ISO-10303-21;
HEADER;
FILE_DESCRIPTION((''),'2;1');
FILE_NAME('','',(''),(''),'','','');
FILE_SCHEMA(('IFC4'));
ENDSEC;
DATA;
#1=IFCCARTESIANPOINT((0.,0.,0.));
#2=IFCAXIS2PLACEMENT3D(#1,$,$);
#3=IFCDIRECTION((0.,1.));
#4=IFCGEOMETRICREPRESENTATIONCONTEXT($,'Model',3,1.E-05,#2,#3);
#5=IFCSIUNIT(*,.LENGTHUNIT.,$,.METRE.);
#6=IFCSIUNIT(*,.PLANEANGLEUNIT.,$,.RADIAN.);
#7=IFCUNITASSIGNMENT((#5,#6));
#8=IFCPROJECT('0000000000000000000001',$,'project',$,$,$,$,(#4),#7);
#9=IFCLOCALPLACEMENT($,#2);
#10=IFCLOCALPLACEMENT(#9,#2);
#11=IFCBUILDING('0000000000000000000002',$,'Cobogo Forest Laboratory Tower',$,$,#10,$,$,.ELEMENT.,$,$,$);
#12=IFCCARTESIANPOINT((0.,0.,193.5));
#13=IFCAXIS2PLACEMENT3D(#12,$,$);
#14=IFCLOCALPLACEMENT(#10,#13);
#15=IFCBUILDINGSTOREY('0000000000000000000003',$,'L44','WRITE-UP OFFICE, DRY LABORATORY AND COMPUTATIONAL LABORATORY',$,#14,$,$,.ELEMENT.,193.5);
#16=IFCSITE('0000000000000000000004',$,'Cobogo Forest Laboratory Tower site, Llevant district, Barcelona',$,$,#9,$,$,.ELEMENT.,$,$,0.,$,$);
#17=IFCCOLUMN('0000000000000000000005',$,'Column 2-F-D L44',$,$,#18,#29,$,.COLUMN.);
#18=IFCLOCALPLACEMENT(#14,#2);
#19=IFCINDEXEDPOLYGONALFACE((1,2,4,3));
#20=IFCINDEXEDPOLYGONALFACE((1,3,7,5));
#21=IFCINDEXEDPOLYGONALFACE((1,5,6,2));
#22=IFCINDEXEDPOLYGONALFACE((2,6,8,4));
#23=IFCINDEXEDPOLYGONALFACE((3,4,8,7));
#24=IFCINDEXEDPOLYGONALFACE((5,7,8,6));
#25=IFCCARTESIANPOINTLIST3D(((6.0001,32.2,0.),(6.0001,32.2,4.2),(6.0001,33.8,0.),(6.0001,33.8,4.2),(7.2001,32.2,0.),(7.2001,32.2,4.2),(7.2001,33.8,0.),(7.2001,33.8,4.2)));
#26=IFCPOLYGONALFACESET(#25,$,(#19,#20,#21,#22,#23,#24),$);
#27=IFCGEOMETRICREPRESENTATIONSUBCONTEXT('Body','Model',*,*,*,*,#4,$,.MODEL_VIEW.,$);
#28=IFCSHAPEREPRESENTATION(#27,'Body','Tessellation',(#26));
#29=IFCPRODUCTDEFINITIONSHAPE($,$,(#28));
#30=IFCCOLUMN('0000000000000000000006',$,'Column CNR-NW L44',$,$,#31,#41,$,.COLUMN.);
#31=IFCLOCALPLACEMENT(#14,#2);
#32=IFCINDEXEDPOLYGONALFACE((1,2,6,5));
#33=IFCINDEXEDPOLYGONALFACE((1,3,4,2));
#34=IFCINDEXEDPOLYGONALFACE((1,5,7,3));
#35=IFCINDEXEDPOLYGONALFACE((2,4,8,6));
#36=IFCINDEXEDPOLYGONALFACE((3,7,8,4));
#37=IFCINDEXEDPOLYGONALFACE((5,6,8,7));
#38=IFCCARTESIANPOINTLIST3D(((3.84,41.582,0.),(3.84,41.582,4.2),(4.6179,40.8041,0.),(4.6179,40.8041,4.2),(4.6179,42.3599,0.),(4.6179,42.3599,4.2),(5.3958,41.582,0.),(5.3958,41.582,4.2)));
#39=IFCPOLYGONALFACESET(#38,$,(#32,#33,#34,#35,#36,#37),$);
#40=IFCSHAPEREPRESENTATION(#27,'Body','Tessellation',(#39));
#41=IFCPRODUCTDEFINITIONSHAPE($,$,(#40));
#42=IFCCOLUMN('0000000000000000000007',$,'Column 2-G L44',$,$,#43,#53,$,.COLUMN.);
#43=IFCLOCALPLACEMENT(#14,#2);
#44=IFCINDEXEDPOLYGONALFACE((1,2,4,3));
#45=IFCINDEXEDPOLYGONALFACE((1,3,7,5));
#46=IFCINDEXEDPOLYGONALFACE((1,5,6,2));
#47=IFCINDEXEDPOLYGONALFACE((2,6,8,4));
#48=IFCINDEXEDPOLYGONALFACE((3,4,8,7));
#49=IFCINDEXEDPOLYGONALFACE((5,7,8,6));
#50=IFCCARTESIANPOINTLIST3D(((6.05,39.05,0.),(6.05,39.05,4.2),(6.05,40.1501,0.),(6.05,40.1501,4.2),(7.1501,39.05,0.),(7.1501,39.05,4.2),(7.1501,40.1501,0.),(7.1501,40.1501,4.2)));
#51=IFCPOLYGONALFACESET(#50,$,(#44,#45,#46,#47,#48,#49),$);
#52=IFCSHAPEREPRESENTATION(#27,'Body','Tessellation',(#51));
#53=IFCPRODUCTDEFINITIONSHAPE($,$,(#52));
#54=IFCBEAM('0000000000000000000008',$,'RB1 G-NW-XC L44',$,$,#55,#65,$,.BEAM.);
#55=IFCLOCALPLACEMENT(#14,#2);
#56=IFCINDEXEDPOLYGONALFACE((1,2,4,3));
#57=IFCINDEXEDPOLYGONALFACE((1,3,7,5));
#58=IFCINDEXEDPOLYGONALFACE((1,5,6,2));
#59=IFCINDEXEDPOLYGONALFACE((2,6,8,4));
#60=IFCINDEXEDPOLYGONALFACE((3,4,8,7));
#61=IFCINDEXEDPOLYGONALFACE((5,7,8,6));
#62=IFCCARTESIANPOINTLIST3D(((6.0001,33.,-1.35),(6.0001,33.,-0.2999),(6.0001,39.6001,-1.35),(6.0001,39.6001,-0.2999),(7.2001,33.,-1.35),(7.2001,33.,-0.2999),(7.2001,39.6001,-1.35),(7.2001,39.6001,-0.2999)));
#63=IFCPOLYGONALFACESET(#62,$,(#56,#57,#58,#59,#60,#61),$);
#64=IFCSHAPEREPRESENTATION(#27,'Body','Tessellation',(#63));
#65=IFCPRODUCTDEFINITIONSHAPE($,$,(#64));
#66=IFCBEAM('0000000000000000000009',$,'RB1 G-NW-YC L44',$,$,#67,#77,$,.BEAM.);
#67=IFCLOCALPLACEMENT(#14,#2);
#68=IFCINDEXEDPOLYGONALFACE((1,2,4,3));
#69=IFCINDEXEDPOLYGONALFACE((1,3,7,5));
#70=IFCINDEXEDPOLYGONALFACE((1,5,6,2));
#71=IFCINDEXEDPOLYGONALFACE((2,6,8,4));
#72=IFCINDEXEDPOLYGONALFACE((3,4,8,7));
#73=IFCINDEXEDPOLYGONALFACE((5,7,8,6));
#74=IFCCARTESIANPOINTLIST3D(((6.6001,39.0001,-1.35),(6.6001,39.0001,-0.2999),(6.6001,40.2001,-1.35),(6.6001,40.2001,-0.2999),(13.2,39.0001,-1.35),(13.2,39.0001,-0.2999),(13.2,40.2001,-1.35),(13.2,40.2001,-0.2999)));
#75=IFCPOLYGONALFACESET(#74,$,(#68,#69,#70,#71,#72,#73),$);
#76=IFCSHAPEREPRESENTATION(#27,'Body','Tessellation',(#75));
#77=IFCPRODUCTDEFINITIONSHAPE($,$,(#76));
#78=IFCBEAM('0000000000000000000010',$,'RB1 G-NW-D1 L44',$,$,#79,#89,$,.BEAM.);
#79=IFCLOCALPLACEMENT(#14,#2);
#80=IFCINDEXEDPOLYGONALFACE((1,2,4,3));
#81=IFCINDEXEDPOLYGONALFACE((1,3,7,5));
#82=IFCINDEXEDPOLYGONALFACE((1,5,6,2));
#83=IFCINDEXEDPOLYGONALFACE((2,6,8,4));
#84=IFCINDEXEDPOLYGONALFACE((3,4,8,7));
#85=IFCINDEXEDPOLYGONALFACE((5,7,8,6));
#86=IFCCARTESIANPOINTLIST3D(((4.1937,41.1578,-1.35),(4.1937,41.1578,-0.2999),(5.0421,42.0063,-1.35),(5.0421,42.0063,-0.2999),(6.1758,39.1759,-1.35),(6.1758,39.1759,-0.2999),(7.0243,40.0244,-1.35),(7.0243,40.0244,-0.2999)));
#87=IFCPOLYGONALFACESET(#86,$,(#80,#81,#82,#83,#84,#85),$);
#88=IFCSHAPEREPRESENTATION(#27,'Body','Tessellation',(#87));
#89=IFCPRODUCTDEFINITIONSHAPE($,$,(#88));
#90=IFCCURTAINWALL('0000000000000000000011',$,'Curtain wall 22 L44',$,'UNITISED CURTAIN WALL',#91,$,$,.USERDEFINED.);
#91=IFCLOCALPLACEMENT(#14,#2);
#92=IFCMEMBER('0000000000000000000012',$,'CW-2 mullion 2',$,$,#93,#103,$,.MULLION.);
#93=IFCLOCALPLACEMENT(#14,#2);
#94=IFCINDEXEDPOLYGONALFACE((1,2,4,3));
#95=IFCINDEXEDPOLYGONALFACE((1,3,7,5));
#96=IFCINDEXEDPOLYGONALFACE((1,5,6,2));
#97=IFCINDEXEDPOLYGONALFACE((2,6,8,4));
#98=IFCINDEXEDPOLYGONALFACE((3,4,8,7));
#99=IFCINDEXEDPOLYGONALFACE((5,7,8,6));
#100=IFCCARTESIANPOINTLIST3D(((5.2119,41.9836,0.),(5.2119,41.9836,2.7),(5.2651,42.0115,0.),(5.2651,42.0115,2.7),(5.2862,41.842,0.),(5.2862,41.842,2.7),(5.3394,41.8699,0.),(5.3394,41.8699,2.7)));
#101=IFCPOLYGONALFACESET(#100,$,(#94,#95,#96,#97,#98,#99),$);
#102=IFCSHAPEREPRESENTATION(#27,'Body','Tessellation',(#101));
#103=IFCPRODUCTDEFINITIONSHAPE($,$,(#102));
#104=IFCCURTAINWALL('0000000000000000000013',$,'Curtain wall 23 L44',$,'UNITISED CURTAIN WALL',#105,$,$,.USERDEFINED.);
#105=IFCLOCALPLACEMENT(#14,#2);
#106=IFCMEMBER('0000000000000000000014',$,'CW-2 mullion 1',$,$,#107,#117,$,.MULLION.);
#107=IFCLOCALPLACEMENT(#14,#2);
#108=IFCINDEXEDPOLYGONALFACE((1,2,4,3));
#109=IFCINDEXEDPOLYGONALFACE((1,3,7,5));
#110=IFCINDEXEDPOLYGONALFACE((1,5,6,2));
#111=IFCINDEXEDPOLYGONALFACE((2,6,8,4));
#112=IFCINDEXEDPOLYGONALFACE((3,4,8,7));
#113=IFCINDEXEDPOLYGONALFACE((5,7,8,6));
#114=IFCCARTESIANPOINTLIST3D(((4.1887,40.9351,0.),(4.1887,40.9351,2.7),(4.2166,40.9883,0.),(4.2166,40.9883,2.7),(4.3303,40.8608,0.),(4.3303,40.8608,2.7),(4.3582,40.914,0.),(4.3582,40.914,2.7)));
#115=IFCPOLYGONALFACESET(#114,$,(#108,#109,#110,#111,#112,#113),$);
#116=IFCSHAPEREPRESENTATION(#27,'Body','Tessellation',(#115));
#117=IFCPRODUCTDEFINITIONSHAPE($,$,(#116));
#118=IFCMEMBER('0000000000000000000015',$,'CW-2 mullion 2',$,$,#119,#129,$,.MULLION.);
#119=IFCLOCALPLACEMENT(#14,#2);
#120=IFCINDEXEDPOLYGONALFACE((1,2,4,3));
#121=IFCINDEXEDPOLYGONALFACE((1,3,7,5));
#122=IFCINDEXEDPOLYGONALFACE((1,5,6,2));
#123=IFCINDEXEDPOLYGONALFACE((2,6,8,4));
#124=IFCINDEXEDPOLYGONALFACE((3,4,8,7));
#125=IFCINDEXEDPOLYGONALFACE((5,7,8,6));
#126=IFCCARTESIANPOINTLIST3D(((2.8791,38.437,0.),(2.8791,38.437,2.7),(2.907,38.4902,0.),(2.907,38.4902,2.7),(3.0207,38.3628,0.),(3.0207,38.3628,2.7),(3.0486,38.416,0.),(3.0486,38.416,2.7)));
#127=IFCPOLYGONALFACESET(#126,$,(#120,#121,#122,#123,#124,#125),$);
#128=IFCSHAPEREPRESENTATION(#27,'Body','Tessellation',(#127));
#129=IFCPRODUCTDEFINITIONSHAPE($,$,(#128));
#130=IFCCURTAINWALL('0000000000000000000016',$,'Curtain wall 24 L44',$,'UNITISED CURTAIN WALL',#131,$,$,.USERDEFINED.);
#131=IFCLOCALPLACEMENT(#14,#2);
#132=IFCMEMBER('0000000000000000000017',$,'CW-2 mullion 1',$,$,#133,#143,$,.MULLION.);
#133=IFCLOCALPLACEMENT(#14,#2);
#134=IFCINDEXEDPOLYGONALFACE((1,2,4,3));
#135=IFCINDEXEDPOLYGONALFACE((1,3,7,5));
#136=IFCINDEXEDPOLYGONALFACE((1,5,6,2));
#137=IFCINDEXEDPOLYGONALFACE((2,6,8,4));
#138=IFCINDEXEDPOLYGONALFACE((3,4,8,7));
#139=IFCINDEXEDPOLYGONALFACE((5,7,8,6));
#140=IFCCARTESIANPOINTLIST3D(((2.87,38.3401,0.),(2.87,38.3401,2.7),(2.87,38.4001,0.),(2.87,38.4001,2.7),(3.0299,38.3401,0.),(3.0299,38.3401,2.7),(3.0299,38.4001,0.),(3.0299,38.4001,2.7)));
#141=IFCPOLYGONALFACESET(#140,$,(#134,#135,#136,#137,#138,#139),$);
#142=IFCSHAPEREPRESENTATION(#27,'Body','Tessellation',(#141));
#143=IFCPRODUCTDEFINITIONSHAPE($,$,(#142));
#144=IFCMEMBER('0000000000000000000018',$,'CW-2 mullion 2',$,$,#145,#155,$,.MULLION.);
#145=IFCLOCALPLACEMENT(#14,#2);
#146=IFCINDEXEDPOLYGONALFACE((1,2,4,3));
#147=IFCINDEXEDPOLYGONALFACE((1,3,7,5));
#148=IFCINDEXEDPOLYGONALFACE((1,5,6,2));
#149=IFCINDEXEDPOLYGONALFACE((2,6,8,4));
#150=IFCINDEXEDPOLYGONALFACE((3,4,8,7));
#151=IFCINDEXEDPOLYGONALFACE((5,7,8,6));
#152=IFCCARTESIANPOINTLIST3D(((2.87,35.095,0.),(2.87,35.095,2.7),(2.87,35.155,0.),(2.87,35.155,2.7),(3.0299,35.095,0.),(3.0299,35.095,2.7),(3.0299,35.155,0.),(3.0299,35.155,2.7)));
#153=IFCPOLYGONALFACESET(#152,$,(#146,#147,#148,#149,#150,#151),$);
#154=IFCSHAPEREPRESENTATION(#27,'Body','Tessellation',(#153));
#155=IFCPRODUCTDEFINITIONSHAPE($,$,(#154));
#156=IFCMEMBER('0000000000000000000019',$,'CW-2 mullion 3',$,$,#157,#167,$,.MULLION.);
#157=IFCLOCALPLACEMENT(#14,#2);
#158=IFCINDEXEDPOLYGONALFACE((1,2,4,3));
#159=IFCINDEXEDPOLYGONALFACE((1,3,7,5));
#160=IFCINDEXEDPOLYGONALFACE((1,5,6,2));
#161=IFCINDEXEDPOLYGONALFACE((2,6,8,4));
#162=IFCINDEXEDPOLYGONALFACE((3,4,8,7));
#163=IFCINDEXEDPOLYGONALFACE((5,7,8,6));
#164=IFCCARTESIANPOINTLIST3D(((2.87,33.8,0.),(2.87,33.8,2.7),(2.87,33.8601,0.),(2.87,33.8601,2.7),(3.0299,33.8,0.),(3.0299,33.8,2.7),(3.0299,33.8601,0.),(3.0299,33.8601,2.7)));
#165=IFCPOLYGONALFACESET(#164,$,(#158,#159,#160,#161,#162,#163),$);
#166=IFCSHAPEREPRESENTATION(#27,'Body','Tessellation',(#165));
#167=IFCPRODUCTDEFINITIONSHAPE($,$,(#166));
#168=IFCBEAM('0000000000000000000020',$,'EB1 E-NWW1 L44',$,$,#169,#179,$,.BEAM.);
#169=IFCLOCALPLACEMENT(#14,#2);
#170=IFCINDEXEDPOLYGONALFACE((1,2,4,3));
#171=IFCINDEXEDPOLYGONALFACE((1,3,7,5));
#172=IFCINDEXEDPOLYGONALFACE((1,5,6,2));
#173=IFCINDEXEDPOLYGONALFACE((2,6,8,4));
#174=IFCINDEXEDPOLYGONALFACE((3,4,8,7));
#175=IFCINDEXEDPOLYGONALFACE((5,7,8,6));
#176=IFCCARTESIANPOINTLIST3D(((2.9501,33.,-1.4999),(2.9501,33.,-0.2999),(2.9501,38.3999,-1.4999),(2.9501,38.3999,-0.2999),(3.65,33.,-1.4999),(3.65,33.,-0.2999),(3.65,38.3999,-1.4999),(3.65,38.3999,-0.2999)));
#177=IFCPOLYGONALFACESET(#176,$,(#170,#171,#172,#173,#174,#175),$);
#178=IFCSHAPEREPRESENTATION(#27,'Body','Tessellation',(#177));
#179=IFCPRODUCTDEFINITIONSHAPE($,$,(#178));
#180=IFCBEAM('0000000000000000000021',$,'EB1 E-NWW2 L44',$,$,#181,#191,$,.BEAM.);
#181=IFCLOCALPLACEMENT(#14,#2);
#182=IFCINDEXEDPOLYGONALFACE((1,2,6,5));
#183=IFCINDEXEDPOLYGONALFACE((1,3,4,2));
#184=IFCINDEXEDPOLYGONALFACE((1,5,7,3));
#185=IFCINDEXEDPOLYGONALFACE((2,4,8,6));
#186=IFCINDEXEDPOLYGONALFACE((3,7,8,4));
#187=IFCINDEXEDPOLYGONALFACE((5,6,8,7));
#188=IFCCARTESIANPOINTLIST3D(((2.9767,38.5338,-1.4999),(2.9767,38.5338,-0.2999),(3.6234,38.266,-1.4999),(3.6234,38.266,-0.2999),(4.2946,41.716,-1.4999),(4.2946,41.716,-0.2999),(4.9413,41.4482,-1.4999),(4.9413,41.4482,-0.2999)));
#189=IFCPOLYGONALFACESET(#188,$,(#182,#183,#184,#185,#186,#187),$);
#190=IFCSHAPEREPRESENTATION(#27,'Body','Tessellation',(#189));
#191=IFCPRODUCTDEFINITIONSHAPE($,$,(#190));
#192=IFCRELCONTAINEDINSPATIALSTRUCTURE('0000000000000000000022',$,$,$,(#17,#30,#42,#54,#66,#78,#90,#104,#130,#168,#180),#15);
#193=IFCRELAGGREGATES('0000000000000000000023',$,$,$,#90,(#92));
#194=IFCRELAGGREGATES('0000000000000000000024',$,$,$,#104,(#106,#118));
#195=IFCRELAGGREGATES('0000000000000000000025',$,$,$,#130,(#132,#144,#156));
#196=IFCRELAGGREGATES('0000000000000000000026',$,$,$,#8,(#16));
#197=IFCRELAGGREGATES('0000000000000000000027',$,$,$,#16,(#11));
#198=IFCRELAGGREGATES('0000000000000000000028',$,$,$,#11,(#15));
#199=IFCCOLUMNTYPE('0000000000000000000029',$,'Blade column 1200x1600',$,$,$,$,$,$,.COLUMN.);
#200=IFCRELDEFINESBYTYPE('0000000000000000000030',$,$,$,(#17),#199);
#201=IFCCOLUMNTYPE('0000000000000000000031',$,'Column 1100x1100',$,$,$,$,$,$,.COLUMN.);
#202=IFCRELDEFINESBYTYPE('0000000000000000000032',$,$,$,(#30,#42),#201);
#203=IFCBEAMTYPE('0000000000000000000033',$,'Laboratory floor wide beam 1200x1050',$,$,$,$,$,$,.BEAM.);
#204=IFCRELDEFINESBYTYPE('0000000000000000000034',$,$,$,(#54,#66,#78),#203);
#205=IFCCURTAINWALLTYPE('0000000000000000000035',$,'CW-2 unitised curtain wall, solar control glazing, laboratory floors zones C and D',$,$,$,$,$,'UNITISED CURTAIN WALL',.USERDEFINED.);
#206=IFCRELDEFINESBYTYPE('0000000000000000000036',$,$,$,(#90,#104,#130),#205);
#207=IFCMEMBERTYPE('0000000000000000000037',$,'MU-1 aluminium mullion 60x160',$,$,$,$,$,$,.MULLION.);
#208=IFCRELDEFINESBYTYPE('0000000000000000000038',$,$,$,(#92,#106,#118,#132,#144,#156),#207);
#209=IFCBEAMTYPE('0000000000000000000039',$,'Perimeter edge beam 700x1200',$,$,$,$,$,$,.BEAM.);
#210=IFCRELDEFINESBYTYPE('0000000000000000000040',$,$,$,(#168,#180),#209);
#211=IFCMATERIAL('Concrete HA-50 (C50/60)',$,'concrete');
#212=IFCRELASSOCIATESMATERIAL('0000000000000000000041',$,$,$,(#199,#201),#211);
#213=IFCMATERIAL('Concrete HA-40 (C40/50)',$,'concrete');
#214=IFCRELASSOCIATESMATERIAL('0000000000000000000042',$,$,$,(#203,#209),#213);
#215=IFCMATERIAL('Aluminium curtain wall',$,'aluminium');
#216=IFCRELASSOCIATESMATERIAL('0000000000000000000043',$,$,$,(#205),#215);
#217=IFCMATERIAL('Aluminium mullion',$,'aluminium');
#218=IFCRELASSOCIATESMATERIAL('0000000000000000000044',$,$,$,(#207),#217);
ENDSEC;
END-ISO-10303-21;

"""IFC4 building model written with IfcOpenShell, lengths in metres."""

from ifc_helpers import new_model, si_unit, direction, frame, origin, origin_2d, place, context, subcontext, project, spatial, rectangle, extrude, material, material_profile, profile_set, type_object, element, aggregate, save


model = new_model("IFC4")

# Units and contexts
model_context = context("Model", 3, precision=1e-05, world=origin(), true_north=direction((0.0, 1.0)))
body_context = subcontext(model_context, "Body", "Model", "MODEL_VIEW")
ifc_project = project(units=[si_unit("LENGTHUNIT", "METRE"), si_unit("PLANEANGLEUNIT", "RADIAN")], contexts=[model_context])

# Site, building, storey
site_placement = place(None, origin())
site = spatial("IfcSite", under=ifc_project, at=site_placement, Name="Cobogo Forest Laboratory Tower site, Llevant district, Barcelona", CompositionType="ELEMENT", RefElevation=0.0)
building_placement = place(site_placement, origin())
building = spatial("IfcBuilding", under=site, at=building_placement, Name="Cobogo Forest Laboratory Tower", CompositionType="ELEMENT")
storey_placement = place(building_placement, frame((0.0, 0.0, 193.5)))
storey = spatial("IfcBuildingStorey", under=building, at=storey_placement, Name="L44", Description="WRITE-UP OFFICE, DRY LABORATORY AND COMPUTATIONAL LABORATORY", CompositionType="ELEMENT", Elevation=193.5)

# Columns
ifc_material_1 = material(Name="Concrete HA-50 (C50/60)", Category="concrete")
ifc_material_profile_1 = material_profile(ifc_material_1, rectangle(XDim=1.6001, YDim=1.2, at=origin_2d()), Name="RC 1200x1600")
ifc_profile_set_1 = profile_set([ifc_material_profile_1], Name="Concrete HA-50 (C50/60)")
column_type_1 = type_object("IfcColumnType", Name="Blade column 1200x1600", PredefinedType="COLUMN", material=ifc_profile_set_1)
column_placement = place(storey_placement, frame((6.6001, 33.0, 0.0), z_axis=(0.0, 0.0, 1.0), x_axis=(0.0, 1.0, 0.0)))
element("IfcColumn", 1, at=column_placement, inside=storey, type_object=column_type_1, Name="Column 2-F-D L44", PredefinedType="COLUMN", context=body_context, shape_type="SweptSolid", body=[
    extrude(rectangle(XDim=1.6001, YDim=1.2, at=origin_2d()), origin(), (0.0, 0.0, 1.0), 4.2),
])
ifc_material_profile_2 = material_profile(ifc_material_1, rectangle(XDim=1.1001, YDim=1.1001, at=origin_2d()), Name="RC 1100x1100")
ifc_profile_set_2 = profile_set([ifc_material_profile_2], Name="Concrete HA-50 (C50/60)")
column_type_2 = type_object("IfcColumnType", Name="Column 1100x1100", PredefinedType="COLUMN", material=ifc_profile_set_2)
for number, where, z_axis, x_axis, name in (
    (2, (4.6179, 41.582, 0.0), (0.0, 0.0, 1.0), (0.707107, 0.707107, 0.0), "Column CNR-NW L44"),
    (3, (6.6001, 39.6001, 0.0), (0.0, 0.0, 1.0), (1.0, 0.0, 0.0), "Column 2-G L44"),
):
    element("IfcColumn", number, at=place(storey_placement, frame(where, z_axis=z_axis, x_axis=x_axis)), inside=storey, type_object=column_type_2, Name=name, PredefinedType="COLUMN", context=body_context, shape_type="SweptSolid", body=[
        extrude(rectangle(XDim=1.1001, YDim=1.1001, at=origin_2d()), origin(), (0.0, 0.0, 1.0), 4.2),
    ])

# Beams
ifc_material_2 = material(Name="Concrete HA-40 (C40/50)", Category="concrete")
ifc_material_profile_3 = material_profile(ifc_material_2, rectangle(XDim=1.2, YDim=1.05, at=origin_2d()), Name="RC 1200x1050")
ifc_profile_set_3 = profile_set([ifc_material_profile_3], Name="Concrete HA-40 (C40/50)")
beam_type_1 = type_object("IfcBeamType", Name="Laboratory floor wide beam 1200x1050", PredefinedType="BEAM", material=ifc_profile_set_3)
beam_1_placement = place(storey_placement, frame((6.6001, 39.6001, -0.825), z_axis=(0.0, -1.0, 0.0), x_axis=(1.0, 0.0, 0.0)))
element("IfcBeam", 4, at=beam_1_placement, inside=storey, type_object=beam_type_1, Name="RB1 G-NW-XC L44", PredefinedType="BEAM", context=body_context, shape_type="SweptSolid", body=[
    extrude(rectangle(XDim=1.2, YDim=1.05, at=origin_2d()), origin(), (0.0, 0.0, 1.0), 6.6001),
])
beam_2_placement = place(storey_placement, frame((6.6001, 39.6001, -0.825), z_axis=(1.0, 0.0, 0.0), x_axis=(0.0, 1.0, 0.0)))
element("IfcBeam", 5, at=beam_2_placement, inside=storey, type_object=beam_type_1, Name="RB1 G-NW-YC L44", PredefinedType="BEAM", context=body_context, shape_type="SweptSolid", body=[
    extrude(rectangle(XDim=1.2, YDim=1.05, at=origin_2d()), origin(), (0.0, 0.0, 1.0), 6.5999),
])
beam_3_placement = place(storey_placement, frame((4.6179, 41.582, -0.825), z_axis=(0.70715, -0.707063, 0.0), x_axis=(0.707063, 0.70715, 0.0)))
element("IfcBeam", 6, at=beam_3_placement, inside=storey, type_object=beam_type_1, Name="RB1 G-NW-D1 L44", PredefinedType="BEAM", context=body_context, shape_type="SweptSolid", body=[
    extrude(rectangle(XDim=1.2, YDim=1.05, at=origin_2d()), origin(), (0.0, 0.0, 1.0), 2.803),
])

# Curtain wall, member
ifc_material_3 = material(Name="Aluminium curtain wall", Category="aluminium")
curtain_wall_type = type_object("IfcCurtainWallType", Name="CW-2 unitised curtain wall, solar control glazing, laboratory floors zones C and D", ElementType="UNITISED CURTAIN WALL", PredefinedType="USERDEFINED", material=ifc_material_3)
curtain_wall_1_placement = place(storey_placement, origin())
curtain_wall_1 = element("IfcCurtainWall", 7, at=curtain_wall_1_placement, inside=storey, type_object=curtain_wall_type, Name="Curtain wall 22 L44", ObjectType="UNITISED CURTAIN WALL", PredefinedType="USERDEFINED")
ifc_material_4 = material(Name="Aluminium mullion", Category="aluminium")
ifc_material_profile_4 = material_profile(ifc_material_4, rectangle(XDim=0.0601, YDim=0.1599, at=origin_2d()), Name="AL 60x160")
ifc_profile_set_4 = profile_set([ifc_material_profile_4], Name="Aluminium mullion")
member_type_1 = type_object("IfcMemberType", Name="MU-1 aluminium mullion 60x160", PredefinedType="MULLION", material=ifc_profile_set_4)
member_1_placement = place(storey_placement, frame((5.2756, 41.9268, 0.0), z_axis=(0.0, 0.0, 1.0), x_axis=(-0.885686, -0.464284, 0.0)))
member_1 = element("IfcMember", 8, at=member_1_placement, type_object=member_type_1, Name="CW-2 mullion 2", PredefinedType="MULLION", context=body_context, shape_type="SweptSolid", body=[
    extrude(rectangle(XDim=0.0601, YDim=0.1599, at=origin_2d()), origin(), (0.0, 0.0, 1.0), 2.7),
])

# Curtain walls, members
curtain_wall_2_placement = place(storey_placement, origin())
curtain_wall_2 = element("IfcCurtainWall", 9, at=curtain_wall_2_placement, inside=storey, type_object=curtain_wall_type, Name="Curtain wall 23 L44", ObjectType="UNITISED CURTAIN WALL", PredefinedType="USERDEFINED")
member_2_placement = place(storey_placement, frame((4.2734, 40.9246, 0.0), z_axis=(0.0, 0.0, 1.0), x_axis=(-0.464284, -0.885686, 0.0)))
member_2 = element("IfcMember", 10, at=member_2_placement, type_object=member_type_1, Name="CW-2 mullion 1", PredefinedType="MULLION", context=body_context, shape_type="SweptSolid", body=[
    extrude(rectangle(XDim=0.0601, YDim=0.1599, at=origin_2d()), origin(), (0.0, 0.0, 1.0), 2.7),
])
member_3_placement = place(storey_placement, frame((2.9639, 38.4265, 0.0), z_axis=(0.0, 0.0, 1.0), x_axis=(-0.464284, -0.885686, 0.0)))
member_3 = element("IfcMember", 11, at=member_3_placement, type_object=member_type_1, Name="CW-2 mullion 2", PredefinedType="MULLION", context=body_context, shape_type="SweptSolid", body=[
    extrude(rectangle(XDim=0.0601, YDim=0.1599, at=origin_2d()), origin(), (0.0, 0.0, 1.0), 2.7),
])
curtain_wall_3_placement = place(storey_placement, origin())
curtain_wall_3 = element("IfcCurtainWall", 12, at=curtain_wall_3_placement, inside=storey, type_object=curtain_wall_type, Name="Curtain wall 24 L44", ObjectType="UNITISED CURTAIN WALL", PredefinedType="USERDEFINED")
member_4_placement = place(storey_placement, frame((2.95, 38.3701, 0.0), z_axis=(0.0, 0.0, 1.0), x_axis=(0.0, -1.0, 0.0)))
member_4 = element("IfcMember", 13, at=member_4_placement, type_object=member_type_1, Name="CW-2 mullion 1", PredefinedType="MULLION", context=body_context, shape_type="SweptSolid", body=[
    extrude(rectangle(XDim=0.0601, YDim=0.1599, at=origin_2d()), origin(), (0.0, 0.0, 1.0), 2.7),
])
member_5_placement = place(storey_placement, frame((2.95, 35.125, 0.0), z_axis=(0.0, 0.0, 1.0), x_axis=(0.0, -1.0, 0.0)))
member_5 = element("IfcMember", 14, at=member_5_placement, type_object=member_type_1, Name="CW-2 mullion 2", PredefinedType="MULLION", context=body_context, shape_type="SweptSolid", body=[
    extrude(rectangle(XDim=0.0601, YDim=0.1599, at=origin_2d()), origin(), (0.0, 0.0, 1.0), 2.7),
])
member_6_placement = place(storey_placement, frame((2.95, 33.8301, 0.0), z_axis=(0.0, 0.0, 1.0), x_axis=(0.0, -1.0, 0.0)))
member_6 = element("IfcMember", 15, at=member_6_placement, type_object=member_type_1, Name="CW-2 mullion 3", PredefinedType="MULLION", context=body_context, shape_type="SweptSolid", body=[
    extrude(rectangle(XDim=0.0601, YDim=0.1599, at=origin_2d()), origin(), (0.0, 0.0, 1.0), 2.7),
])

# Beams
ifc_material_profile_5 = material_profile(ifc_material_2, rectangle(XDim=0.7, YDim=1.2, at=origin_2d()), Name="RC 700x1200")
ifc_profile_set_5 = profile_set([ifc_material_profile_5], Name="Concrete HA-40 (C40/50)")
beam_type_2 = type_object("IfcBeamType", Name="Perimeter edge beam 700x1200", PredefinedType="BEAM", material=ifc_profile_set_5)
beam_4_placement = place(storey_placement, frame((3.3, 33.0, -0.8999), z_axis=(0.0, 1.0, 0.0), x_axis=(-1.0, 0.0, 0.0)))
element("IfcBeam", 16, at=beam_4_placement, inside=storey, type_object=beam_type_2, Name="EB1 E-NWW1 L44", PredefinedType="BEAM", context=body_context, shape_type="SweptSolid", body=[
    extrude(rectangle(XDim=0.7, YDim=1.2, at=origin_2d()), origin(), (0.0, 0.0, 1.0), 5.3999),
])
beam_5_placement = place(storey_placement, frame((3.3, 38.3999, -0.8999), z_axis=(0.382631, 0.923901, 0.0), x_axis=(-0.923901, 0.382631, 0.0)))
element("IfcBeam", 17, at=beam_5_placement, inside=storey, type_object=beam_type_2, Name="EB1 E-NWW2 L44", PredefinedType="BEAM", context=body_context, shape_type="SweptSolid", body=[
    extrude(rectangle(XDim=0.7, YDim=1.2, at=origin_2d()), origin(), (0.0, 0.0, 1.0), 3.4443),
])

aggregate(curtain_wall_1, [member_1])
aggregate(curtain_wall_2, [member_2, member_3])
aggregate(curtain_wall_3, [member_4, member_5, member_6])

save(model, "model.ifc")
